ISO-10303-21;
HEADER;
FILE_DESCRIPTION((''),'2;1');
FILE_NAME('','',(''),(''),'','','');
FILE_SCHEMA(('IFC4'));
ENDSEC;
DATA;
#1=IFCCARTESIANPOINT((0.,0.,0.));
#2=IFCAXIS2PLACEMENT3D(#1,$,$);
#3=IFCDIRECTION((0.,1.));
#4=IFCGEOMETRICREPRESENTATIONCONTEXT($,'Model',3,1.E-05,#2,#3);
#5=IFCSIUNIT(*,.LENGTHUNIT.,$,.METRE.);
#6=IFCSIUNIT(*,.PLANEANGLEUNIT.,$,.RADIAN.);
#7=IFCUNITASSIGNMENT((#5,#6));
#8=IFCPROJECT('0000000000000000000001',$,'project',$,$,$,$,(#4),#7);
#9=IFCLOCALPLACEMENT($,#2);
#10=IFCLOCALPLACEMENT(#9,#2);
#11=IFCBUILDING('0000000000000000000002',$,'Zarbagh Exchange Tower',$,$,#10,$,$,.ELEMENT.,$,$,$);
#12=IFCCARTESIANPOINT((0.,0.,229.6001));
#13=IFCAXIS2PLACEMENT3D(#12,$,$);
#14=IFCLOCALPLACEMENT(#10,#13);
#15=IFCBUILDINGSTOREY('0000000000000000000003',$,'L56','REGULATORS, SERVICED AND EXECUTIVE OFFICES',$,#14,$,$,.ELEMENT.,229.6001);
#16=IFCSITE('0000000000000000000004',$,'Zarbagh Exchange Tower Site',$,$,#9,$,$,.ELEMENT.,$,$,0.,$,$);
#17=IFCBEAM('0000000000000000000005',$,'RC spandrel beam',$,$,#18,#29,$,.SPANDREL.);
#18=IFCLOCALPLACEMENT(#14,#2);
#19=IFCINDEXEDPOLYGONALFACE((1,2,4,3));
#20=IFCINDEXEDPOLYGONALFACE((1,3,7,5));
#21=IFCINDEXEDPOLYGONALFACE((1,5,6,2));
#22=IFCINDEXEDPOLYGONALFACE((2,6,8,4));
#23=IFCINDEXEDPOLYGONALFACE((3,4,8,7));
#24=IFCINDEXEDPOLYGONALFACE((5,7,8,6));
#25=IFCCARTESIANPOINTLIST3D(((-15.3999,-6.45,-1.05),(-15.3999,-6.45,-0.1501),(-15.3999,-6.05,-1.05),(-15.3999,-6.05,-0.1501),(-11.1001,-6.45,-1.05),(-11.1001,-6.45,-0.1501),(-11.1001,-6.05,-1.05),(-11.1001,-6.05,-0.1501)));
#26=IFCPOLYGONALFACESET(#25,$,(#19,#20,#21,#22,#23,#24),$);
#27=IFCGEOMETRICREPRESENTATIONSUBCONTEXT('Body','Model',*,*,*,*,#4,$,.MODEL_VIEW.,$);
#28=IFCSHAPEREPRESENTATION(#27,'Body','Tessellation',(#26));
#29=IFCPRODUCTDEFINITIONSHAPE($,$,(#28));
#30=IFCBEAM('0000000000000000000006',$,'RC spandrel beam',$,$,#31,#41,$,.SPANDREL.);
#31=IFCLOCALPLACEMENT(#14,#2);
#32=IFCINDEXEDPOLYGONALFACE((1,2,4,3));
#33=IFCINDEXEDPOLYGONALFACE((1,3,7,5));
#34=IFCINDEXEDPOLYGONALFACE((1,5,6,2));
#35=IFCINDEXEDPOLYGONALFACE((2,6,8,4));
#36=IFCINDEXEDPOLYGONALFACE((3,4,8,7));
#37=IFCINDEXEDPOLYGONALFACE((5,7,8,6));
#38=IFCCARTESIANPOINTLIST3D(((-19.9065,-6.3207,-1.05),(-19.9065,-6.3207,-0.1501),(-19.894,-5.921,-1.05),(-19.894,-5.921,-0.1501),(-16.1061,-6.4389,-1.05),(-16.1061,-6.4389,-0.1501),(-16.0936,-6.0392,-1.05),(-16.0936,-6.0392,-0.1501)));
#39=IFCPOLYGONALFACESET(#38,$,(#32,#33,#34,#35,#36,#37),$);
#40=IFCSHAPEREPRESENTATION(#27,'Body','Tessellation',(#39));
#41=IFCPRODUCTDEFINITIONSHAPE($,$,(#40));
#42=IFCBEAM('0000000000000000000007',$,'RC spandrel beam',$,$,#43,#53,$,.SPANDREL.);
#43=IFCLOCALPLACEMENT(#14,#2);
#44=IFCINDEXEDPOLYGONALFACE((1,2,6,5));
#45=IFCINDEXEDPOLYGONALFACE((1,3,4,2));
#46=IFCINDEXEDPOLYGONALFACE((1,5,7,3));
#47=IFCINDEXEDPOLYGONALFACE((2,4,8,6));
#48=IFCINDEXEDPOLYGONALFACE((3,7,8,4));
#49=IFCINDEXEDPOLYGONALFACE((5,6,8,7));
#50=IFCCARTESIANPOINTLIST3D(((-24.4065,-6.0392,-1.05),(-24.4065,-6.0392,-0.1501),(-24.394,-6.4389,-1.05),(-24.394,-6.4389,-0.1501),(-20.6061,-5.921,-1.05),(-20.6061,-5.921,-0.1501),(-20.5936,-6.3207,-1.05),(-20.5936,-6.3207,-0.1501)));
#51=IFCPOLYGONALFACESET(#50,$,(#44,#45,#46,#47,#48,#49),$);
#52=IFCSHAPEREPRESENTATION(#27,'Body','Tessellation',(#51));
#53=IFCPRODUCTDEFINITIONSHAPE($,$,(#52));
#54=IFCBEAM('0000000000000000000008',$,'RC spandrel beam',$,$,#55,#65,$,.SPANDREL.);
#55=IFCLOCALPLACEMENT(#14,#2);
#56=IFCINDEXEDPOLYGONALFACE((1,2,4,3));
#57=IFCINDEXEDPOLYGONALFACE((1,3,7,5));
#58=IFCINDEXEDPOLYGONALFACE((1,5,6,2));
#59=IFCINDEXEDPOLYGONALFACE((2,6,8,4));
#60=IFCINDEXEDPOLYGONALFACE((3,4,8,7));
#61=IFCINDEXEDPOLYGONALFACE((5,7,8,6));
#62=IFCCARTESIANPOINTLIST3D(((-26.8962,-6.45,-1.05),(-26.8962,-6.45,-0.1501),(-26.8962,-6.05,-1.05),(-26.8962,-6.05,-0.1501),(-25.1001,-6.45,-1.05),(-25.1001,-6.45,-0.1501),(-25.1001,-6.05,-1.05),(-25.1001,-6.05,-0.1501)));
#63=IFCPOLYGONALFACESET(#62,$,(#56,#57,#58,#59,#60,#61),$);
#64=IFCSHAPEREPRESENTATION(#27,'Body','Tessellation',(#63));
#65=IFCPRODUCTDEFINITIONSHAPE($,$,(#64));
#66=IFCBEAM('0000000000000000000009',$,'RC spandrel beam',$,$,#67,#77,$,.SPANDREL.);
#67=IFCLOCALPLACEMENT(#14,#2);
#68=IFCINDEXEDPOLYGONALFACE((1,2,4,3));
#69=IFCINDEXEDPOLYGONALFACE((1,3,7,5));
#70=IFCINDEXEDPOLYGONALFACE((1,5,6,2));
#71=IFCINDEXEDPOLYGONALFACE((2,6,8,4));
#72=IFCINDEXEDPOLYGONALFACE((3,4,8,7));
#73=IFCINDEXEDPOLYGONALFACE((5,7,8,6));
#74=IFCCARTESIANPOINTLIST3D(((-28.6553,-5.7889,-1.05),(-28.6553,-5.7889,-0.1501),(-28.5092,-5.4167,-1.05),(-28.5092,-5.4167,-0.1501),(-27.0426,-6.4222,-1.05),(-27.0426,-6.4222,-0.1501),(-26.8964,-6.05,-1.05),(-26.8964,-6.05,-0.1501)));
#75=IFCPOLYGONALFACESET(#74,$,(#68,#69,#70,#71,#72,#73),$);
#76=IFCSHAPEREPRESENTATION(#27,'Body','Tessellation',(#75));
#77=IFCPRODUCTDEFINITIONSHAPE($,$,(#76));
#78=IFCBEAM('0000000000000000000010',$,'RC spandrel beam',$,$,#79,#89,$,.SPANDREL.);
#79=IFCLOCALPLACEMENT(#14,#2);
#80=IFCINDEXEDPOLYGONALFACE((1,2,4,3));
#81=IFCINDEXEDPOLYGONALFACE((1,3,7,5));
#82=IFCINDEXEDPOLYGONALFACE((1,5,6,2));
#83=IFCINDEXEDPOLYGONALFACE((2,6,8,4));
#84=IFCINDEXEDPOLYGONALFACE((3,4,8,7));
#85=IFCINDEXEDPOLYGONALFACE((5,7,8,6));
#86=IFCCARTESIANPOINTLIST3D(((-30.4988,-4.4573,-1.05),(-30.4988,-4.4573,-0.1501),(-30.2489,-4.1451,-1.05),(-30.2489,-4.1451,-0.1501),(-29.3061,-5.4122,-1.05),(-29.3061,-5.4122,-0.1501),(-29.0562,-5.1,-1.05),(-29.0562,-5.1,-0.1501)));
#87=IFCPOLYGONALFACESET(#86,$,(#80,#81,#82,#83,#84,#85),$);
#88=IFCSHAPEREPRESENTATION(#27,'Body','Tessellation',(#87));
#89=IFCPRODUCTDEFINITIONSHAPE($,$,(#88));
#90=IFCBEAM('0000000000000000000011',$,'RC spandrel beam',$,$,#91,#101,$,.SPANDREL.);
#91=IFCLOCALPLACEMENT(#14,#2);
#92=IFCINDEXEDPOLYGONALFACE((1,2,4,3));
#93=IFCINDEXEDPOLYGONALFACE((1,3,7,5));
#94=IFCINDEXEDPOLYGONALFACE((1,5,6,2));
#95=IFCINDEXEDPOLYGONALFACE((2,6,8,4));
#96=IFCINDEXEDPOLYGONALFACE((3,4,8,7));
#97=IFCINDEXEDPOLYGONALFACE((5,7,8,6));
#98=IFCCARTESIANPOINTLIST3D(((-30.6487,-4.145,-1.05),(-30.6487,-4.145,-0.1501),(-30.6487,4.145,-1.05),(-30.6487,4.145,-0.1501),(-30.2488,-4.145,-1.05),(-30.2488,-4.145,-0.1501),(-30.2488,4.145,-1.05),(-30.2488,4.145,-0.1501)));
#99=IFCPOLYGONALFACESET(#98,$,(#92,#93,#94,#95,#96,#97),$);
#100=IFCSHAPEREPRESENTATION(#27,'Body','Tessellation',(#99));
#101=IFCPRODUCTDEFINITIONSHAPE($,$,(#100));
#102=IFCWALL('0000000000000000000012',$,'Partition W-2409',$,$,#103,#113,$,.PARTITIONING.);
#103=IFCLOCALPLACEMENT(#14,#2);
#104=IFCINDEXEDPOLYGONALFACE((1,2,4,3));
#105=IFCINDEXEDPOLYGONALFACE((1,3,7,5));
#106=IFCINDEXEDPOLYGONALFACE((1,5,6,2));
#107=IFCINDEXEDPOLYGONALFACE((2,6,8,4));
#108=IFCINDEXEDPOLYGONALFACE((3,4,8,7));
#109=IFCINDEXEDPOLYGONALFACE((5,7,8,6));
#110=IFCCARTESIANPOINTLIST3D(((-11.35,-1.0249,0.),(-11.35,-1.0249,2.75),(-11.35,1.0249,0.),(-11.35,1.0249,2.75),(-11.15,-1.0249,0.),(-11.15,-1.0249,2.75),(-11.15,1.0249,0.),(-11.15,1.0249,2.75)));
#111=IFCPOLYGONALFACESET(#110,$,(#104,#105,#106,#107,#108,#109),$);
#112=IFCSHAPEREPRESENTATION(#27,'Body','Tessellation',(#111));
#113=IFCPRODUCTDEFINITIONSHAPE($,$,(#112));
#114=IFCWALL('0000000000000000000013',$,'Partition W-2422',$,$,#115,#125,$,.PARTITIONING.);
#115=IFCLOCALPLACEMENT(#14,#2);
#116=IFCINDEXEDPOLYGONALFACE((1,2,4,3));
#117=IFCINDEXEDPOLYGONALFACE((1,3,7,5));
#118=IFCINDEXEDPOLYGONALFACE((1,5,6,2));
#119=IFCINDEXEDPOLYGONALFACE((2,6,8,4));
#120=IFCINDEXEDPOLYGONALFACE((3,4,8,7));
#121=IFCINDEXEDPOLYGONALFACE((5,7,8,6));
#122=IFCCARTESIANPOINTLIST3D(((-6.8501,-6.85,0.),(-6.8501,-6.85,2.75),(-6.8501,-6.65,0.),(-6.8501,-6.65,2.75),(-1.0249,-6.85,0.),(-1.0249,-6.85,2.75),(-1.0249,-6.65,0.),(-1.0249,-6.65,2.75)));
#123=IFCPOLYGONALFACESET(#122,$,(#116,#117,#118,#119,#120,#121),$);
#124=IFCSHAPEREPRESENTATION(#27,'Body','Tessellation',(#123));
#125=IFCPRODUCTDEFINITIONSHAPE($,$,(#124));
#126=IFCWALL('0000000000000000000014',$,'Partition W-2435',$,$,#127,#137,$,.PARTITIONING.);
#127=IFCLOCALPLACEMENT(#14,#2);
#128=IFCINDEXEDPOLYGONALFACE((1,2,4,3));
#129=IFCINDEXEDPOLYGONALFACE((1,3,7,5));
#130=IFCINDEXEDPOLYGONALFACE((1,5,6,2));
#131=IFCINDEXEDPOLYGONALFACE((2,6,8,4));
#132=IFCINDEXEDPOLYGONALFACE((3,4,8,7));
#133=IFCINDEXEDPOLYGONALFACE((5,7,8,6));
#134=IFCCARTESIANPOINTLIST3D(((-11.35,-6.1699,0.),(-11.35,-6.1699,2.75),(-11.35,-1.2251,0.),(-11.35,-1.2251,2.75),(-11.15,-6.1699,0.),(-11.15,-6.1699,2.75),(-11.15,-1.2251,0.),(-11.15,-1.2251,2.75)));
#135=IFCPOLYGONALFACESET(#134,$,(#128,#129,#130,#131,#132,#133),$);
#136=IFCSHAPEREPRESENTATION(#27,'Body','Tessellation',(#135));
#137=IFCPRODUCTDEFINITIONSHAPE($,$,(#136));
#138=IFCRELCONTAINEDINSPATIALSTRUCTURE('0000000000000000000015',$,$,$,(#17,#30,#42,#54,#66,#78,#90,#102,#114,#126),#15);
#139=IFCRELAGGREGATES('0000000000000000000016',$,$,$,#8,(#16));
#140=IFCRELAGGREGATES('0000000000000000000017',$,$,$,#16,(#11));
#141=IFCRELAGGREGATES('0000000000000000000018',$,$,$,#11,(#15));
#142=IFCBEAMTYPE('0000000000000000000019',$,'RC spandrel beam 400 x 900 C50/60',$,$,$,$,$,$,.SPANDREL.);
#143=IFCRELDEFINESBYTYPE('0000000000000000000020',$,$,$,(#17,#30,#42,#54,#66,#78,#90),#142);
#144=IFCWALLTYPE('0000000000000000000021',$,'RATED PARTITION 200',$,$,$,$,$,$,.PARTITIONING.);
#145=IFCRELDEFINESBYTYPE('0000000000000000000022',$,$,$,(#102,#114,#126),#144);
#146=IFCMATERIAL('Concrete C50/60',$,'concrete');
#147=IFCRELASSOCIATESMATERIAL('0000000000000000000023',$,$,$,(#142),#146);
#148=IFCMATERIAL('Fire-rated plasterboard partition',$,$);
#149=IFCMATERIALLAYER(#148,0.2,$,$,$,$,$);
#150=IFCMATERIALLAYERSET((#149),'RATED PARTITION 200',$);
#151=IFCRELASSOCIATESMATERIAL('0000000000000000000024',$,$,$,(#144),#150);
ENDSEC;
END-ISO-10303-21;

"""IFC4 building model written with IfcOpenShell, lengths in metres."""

from ifc_helpers import new_model, si_unit, direction, frame, frame_2d, origin, origin_2d, place, context, subcontext, project, spatial, rectangle, extrude, material, layer, layer_set, material_profile, profile_set, type_object, element, save


model = new_model("IFC4")

# Units and contexts
model_context = context("Model", 3, precision=1e-05, world=origin(), true_north=direction((0.0, 1.0)))
body_context = subcontext(model_context, "Body", "Model", "MODEL_VIEW")
ifc_project = project(units=[si_unit("LENGTHUNIT", "METRE"), si_unit("PLANEANGLEUNIT", "RADIAN")], contexts=[model_context])

# Site, building, storey
site_placement = place(None, origin())
site = spatial("IfcSite", under=ifc_project, at=site_placement, Name="Zarbagh Exchange Tower Site", CompositionType="ELEMENT", RefElevation=0.0)
building_placement = place(site_placement, origin())
building = spatial("IfcBuilding", under=site, at=building_placement, Name="Zarbagh Exchange Tower", CompositionType="ELEMENT")
storey_placement = place(building_placement, frame((0.0, 0.0, 229.6001)))
storey = spatial("IfcBuildingStorey", under=building, at=storey_placement, Name="L56", Description="REGULATORS, SERVICED AND EXECUTIVE OFFICES", CompositionType="ELEMENT", Elevation=229.6001)

# Shared definitions
ifc_material_1 = material(Name="Concrete C50/60", Category="concrete")

# Beams
ifc_material_profile_1 = material_profile(ifc_material_1, rectangle(XDim=0.3999, YDim=0.8999, at=origin_2d()), Name="RC spandrel beam 400 x 900 C50/60")
ifc_profile_set_1 = profile_set([ifc_material_profile_1], Name="Concrete C50/60")
beam_type_1 = type_object("IfcBeamType", Name="RC spandrel beam 400 x 900 C50/60", PredefinedType="SPANDREL", material=ifc_profile_set_1)
beam_1_placement = place(storey_placement, frame((-11.1001, -6.25, -0.6001), z_axis=(-1.0, 0.0, 0.0), x_axis=(0.0, -1.0, 0.0)))
element("IfcBeam", 1, at=beam_1_placement, inside=storey, type_object=beam_type_1, Name="RC spandrel beam", PredefinedType="SPANDREL", context=body_context, shape_type="SweptSolid", body=[
    extrude(rectangle(XDim=0.3999, YDim=0.8999, at=origin_2d()), origin(), (0.0, 0.0, 1.0), 4.2998),
])
for number, where, z_axis, x_axis, name in (
    (2, (-16.0999, -6.239, -0.6001), (-0.999517, 0.031078, 0.0), (-0.031078, -0.999517, 0.0), "RC spandrel beam"),
    (3, (-20.5999, -6.1208, -0.6001), (-0.999517, -0.031078, 0.0), (0.031078, -0.999517, 0.0), "RC spandrel beam"),
):
    element("IfcBeam", number, at=place(storey_placement, frame(where, z_axis=z_axis, x_axis=x_axis)), inside=storey, type_object=beam_type_1, Name=name, PredefinedType="SPANDREL", context=body_context, shape_type="SweptSolid", body=[
        extrude(rectangle(XDim=0.3999, YDim=0.8999, at=origin_2d()), origin(), (0.0, 0.0, 1.0), 3.8022),
    ])
beam_2_placement = place(storey_placement, frame((-25.1001, -6.25, -0.6001), z_axis=(-1.0, 0.0, 0.0), x_axis=(0.0, -1.0, 0.0)))
element("IfcBeam", 4, at=beam_2_placement, inside=storey, type_object=beam_type_1, Name="RC spandrel beam", PredefinedType="SPANDREL", context=body_context, shape_type="SweptSolid", body=[
    extrude(rectangle(XDim=0.3999, YDim=0.8999, at=origin_2d()), origin(), (0.0, 0.0, 1.0), 1.7961),
])
beam_3_placement = place(storey_placement, frame((-26.9695, -6.2361, -0.6001), z_axis=(-0.93081, 0.365504, 0.0), x_axis=(-0.365504, -0.93081, 0.0)))
element("IfcBeam", 5, at=beam_3_placement, inside=storey, type_object=beam_type_1, Name="RC spandrel beam", PredefinedType="SPANDREL", context=body_context, shape_type="SweptSolid", body=[
    extrude(rectangle(XDim=0.3999, YDim=0.8999, at=origin_2d()), origin(), (0.0, 0.0, 1.0), 1.7327),
])
beam_4_placement = place(storey_placement, frame((-29.1812, -5.2561, -0.6001), z_axis=(-0.780635, 0.624987, 0.0), x_axis=(-0.624987, -0.780635, 0.0)))
element("IfcBeam", 6, at=beam_4_placement, inside=storey, type_object=beam_type_1, Name="RC spandrel beam", PredefinedType="SPANDREL", context=body_context, shape_type="SweptSolid", body=[
    extrude(rectangle(XDim=0.3999, YDim=0.8999, at=origin_2d()), origin(), (0.0, 0.0, 1.0), 1.5278),
])
beam_5_placement = place(storey_placement, frame((-30.4487, -4.145, -0.6001), z_axis=(0.0, 1.0, 0.0), x_axis=(-1.0, 0.0, 0.0)))
element("IfcBeam", 7, at=beam_5_placement, inside=storey, type_object=beam_type_1, Name="RC spandrel beam", PredefinedType="SPANDREL", context=body_context, shape_type="SweptSolid", body=[
    extrude(rectangle(XDim=0.3999, YDim=0.8999, at=origin_2d()), origin(), (0.0, 0.0, 1.0), 8.29),
])

# Walls
ifc_material_2 = material(Name="Fire-rated plasterboard partition")
ifc_layer = layer(ifc_material_2, 0.2)
ifc_layer_set = layer_set([ifc_layer], Name="RATED PARTITION 200")
wall_type = type_object("IfcWallType", Name="RATED PARTITION 200", PredefinedType="PARTITIONING", material=ifc_layer_set)
wall_1_placement = place(storey_placement, frame((-11.25, -1.0249, 0.0), z_axis=(0.0, 0.0, 1.0), x_axis=(0.0, 1.0, 0.0)))
element("IfcWall", 8, at=wall_1_placement, inside=storey, type_object=wall_type, Name="Partition W-2409", PredefinedType="PARTITIONING", context=body_context, shape_type="SweptSolid", body=[
    extrude(rectangle(XDim=2.0498, YDim=0.2, at=frame_2d((1.0249, 0.0))), origin(), (0.0, 0.0, 1.0), 2.75),
])
wall_2_placement = place(storey_placement, frame((-6.8501, -6.75, 0.0), z_axis=(0.0, 0.0, 1.0), x_axis=(1.0, 0.0, 0.0)))
element("IfcWall", 9, at=wall_2_placement, inside=storey, type_object=wall_type, Name="Partition W-2422", PredefinedType="PARTITIONING", context=body_context, shape_type="SweptSolid", body=[
    extrude(rectangle(XDim=5.8252, YDim=0.2, at=frame_2d((2.9126, 0.0))), origin(), (0.0, 0.0, 1.0), 2.75),
])
wall_3_placement = place(storey_placement, frame((-11.25, -6.1699, 0.0), z_axis=(0.0, 0.0, 1.0), x_axis=(0.0, 1.0, 0.0)))
element("IfcWall", 10, at=wall_3_placement, inside=storey, type_object=wall_type, Name="Partition W-2435", PredefinedType="PARTITIONING", context=body_context, shape_type="SweptSolid", body=[
    extrude(rectangle(XDim=4.9448, YDim=0.2, at=frame_2d((2.4724, 0.0))), origin(), (0.0, 0.0, 1.0), 2.75),
])

save(model, "model.ifc")
